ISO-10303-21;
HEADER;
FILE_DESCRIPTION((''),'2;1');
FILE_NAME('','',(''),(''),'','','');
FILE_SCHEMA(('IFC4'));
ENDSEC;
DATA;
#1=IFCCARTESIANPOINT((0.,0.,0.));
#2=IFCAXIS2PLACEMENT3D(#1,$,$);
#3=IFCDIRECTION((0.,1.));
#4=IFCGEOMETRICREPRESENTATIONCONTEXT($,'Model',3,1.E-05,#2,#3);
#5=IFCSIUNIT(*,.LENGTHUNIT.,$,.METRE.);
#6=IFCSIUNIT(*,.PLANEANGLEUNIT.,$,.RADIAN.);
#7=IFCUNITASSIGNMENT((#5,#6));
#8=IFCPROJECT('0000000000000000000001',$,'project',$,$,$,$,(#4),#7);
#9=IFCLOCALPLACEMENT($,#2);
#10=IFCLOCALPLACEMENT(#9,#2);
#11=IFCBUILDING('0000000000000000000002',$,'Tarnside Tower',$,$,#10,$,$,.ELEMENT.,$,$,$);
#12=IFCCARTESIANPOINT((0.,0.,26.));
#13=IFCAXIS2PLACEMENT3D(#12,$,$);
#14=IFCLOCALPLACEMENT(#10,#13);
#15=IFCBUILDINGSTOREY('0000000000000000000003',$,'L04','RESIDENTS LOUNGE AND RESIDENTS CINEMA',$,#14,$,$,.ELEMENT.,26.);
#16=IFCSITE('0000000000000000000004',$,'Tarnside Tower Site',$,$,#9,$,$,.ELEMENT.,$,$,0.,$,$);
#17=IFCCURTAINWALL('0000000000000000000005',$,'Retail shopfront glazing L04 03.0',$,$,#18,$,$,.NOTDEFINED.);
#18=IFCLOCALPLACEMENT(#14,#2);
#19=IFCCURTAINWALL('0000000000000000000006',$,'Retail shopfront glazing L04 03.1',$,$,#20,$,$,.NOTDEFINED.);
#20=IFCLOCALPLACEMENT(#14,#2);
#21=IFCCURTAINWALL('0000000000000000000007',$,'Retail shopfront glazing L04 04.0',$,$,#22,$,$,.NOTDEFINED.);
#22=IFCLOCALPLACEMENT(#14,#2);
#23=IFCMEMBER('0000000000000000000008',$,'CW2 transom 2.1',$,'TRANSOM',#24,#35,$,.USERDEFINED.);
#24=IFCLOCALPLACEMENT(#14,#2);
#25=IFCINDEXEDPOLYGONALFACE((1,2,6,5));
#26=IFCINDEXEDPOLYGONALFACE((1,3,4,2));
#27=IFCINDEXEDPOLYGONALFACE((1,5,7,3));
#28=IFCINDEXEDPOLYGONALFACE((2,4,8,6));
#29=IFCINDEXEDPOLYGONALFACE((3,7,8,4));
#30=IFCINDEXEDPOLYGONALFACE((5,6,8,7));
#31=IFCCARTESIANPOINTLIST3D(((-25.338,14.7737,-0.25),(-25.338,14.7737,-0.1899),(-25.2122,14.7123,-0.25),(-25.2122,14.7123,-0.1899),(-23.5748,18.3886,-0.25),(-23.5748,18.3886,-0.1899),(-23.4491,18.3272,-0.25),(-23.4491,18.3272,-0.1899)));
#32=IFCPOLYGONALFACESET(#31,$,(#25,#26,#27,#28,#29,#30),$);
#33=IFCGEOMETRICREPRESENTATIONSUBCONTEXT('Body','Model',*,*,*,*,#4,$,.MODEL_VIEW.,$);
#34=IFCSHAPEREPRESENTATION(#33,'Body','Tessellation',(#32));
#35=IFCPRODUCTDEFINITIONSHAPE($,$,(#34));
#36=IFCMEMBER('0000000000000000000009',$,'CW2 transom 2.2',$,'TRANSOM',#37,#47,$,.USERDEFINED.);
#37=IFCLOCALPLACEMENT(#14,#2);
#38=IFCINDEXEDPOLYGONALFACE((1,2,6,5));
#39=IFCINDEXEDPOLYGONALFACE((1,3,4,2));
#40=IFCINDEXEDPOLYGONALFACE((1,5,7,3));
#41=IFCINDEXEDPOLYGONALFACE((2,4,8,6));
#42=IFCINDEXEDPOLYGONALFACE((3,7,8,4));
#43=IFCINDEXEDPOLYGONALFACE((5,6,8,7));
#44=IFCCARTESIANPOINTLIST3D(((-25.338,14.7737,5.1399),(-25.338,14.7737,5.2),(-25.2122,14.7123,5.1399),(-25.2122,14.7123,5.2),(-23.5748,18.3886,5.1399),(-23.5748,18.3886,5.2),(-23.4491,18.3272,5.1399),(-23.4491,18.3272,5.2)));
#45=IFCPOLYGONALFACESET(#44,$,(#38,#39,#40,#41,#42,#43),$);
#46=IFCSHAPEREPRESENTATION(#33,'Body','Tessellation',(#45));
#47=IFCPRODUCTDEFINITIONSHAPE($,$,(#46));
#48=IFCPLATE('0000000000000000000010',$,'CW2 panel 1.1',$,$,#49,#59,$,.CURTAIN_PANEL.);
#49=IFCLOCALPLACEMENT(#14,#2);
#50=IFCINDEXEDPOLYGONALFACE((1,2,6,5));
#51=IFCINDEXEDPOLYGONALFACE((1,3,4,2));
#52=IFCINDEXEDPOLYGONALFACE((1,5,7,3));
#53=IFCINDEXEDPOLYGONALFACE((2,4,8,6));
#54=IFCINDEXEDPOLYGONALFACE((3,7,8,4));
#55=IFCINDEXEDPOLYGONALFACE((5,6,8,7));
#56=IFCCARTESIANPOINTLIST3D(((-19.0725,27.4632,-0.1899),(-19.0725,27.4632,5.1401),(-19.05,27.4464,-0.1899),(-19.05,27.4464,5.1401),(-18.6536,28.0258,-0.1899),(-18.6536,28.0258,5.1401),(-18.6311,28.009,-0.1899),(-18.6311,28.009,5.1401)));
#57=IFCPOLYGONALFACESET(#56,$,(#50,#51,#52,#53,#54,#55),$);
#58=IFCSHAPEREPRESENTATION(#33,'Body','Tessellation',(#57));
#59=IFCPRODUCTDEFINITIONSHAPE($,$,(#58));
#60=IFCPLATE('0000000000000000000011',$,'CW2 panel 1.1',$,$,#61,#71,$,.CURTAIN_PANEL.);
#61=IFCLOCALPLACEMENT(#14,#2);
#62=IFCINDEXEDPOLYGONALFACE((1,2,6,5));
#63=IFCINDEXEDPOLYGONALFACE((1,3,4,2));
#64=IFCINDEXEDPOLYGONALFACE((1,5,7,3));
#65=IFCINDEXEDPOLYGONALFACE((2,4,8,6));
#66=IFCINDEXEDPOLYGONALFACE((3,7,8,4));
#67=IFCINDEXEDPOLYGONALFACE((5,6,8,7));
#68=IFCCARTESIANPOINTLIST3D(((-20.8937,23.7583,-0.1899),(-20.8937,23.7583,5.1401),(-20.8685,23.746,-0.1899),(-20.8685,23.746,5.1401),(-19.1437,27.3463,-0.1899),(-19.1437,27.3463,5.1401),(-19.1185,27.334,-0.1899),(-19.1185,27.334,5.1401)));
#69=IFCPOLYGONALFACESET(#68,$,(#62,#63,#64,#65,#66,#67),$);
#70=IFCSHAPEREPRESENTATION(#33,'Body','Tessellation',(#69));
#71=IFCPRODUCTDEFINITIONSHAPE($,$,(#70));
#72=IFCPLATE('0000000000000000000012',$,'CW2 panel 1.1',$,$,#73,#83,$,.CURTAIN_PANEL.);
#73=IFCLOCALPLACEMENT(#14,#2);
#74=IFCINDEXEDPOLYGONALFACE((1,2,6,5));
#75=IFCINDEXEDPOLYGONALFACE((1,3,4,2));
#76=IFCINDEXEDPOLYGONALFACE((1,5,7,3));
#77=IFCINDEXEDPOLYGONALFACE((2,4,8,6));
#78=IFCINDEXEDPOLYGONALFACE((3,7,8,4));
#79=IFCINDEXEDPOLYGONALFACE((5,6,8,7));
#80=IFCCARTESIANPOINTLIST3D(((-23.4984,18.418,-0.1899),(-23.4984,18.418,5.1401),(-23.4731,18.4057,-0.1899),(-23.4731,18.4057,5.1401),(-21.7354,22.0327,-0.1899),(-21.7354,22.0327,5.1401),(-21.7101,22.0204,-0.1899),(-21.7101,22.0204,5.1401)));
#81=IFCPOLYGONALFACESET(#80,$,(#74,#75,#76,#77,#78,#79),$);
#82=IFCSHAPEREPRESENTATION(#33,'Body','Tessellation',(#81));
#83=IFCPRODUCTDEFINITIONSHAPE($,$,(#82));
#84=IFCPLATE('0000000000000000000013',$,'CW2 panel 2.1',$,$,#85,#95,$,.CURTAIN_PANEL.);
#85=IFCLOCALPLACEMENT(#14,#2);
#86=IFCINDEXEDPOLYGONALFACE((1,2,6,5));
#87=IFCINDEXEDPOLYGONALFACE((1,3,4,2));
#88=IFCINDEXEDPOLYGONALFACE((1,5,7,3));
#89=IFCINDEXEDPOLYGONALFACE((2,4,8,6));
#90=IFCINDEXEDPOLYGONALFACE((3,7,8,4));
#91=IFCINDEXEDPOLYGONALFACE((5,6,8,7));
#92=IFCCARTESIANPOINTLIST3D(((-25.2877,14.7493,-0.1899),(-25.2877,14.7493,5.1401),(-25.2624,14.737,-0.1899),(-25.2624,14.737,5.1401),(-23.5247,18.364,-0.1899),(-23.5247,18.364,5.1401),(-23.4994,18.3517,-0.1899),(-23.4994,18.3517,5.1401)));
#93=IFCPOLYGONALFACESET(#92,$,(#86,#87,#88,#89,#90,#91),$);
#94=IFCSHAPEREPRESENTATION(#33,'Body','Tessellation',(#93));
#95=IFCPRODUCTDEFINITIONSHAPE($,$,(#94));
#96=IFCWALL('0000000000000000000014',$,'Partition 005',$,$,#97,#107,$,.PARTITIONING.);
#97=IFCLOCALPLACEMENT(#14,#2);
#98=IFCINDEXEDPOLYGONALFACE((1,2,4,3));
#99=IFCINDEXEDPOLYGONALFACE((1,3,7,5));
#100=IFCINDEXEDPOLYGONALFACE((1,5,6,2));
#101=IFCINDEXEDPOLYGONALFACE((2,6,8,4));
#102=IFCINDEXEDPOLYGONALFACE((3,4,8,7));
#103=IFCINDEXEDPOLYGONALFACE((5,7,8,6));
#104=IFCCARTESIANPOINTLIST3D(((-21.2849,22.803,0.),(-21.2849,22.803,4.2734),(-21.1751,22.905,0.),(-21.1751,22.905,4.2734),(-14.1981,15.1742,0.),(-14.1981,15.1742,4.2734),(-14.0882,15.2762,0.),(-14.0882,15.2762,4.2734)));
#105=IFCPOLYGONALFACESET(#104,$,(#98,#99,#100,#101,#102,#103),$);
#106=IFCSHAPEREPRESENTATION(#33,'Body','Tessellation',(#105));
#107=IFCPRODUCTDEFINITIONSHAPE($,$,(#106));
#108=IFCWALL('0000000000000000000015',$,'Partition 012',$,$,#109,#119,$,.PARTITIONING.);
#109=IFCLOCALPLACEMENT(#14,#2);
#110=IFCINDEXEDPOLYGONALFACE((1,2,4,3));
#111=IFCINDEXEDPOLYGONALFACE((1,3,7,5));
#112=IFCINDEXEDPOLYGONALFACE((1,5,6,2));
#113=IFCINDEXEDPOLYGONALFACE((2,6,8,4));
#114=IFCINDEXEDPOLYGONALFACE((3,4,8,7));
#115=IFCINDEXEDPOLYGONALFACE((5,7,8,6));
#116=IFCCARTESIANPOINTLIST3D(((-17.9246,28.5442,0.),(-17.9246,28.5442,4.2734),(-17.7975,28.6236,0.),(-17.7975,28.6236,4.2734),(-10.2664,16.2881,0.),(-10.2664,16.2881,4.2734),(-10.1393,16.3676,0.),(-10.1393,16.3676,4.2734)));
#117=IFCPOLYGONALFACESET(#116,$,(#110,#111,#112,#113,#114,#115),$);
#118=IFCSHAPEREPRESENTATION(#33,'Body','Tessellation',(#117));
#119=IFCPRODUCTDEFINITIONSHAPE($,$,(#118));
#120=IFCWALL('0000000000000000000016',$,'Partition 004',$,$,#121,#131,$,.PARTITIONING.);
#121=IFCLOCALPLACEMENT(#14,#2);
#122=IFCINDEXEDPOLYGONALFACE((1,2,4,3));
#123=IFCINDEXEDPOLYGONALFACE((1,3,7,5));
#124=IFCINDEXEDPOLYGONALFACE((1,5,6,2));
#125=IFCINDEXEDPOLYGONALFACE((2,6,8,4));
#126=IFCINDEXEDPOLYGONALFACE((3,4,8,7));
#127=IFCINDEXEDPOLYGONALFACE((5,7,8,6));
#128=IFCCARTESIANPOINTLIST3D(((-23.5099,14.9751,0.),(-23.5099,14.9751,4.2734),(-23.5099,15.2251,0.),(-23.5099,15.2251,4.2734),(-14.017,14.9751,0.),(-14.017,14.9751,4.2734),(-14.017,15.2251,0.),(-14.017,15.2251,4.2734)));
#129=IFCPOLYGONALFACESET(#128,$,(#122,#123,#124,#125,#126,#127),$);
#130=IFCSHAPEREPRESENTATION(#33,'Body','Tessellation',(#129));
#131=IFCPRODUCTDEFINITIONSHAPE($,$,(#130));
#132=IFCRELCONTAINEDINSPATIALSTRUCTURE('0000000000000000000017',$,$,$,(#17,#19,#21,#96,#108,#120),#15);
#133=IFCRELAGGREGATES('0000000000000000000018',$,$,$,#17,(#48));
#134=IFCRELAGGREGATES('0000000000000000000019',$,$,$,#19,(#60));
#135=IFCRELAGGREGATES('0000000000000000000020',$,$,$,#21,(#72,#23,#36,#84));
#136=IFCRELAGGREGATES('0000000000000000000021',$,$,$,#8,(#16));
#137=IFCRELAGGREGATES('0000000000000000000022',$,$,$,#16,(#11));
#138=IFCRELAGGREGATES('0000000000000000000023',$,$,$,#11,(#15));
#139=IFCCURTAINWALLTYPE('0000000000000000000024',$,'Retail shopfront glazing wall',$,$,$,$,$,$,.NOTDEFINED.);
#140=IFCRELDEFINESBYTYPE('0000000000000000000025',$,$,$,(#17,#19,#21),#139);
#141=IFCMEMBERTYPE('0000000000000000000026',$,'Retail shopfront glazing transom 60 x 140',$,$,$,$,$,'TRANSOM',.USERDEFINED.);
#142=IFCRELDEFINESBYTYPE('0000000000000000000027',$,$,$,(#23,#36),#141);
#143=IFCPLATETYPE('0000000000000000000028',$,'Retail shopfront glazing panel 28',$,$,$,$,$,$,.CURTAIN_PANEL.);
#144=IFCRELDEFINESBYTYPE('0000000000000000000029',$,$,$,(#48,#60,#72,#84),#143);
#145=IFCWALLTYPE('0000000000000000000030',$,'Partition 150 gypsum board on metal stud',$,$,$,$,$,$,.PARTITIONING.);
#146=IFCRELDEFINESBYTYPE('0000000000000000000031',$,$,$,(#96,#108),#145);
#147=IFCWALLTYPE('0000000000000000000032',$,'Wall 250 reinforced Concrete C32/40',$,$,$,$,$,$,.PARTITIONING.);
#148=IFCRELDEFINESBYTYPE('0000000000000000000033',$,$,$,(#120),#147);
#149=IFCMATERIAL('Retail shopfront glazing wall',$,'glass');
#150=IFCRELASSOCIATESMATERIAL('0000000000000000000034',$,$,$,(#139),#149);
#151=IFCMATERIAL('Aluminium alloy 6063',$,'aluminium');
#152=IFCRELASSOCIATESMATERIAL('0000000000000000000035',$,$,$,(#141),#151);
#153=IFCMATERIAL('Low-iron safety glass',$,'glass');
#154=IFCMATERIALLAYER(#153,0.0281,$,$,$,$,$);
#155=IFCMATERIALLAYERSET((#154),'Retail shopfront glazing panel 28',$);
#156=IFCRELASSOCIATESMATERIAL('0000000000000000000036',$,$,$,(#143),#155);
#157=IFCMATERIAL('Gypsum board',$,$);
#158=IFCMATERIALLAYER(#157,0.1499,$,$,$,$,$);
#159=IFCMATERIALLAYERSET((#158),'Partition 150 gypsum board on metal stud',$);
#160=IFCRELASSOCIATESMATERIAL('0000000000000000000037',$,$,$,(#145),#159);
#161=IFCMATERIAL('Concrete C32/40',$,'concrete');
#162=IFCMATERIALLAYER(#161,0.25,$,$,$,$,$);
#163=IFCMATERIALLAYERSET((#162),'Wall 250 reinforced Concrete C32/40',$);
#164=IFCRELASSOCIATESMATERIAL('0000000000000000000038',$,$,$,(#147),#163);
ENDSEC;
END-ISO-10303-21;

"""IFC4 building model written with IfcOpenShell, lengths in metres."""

from ifc_helpers import new_model, si_unit, direction, frame, frame_2d, origin, origin_2d, place, context, subcontext, project, spatial, rectangle, extrude, material, layer, layer_set, material_profile, profile_set, type_object, element, aggregate, save


model = new_model("IFC4")

# Units and contexts
model_context = context("Model", 3, precision=1e-05, world=origin(), true_north=direction((0.0, 1.0)))
body_context = subcontext(model_context, "Body", "Model", "MODEL_VIEW")
ifc_project = project(units=[si_unit("LENGTHUNIT", "METRE"), si_unit("PLANEANGLEUNIT", "RADIAN")], contexts=[model_context])

# Site, building, storey
site_placement = place(None, origin())
site = spatial("IfcSite", under=ifc_project, at=site_placement, Name="Tarnside Tower Site", CompositionType="ELEMENT", RefElevation=0.0)
building_placement = place(site_placement, origin())
building = spatial("IfcBuilding", under=site, at=building_placement, Name="Tarnside Tower", CompositionType="ELEMENT")
storey_placement = place(building_placement, frame((0.0, 0.0, 26.0)))
storey = spatial("IfcBuildingStorey", under=building, at=storey_placement, Name="L04", Description="RESIDENTS LOUNGE AND RESIDENTS CINEMA", CompositionType="ELEMENT", Elevation=26.0)

# Shared definitions
ifc_material_1 = material(Name="Retail shopfront glazing wall", Category="glass")
curtain_wall_type = type_object("IfcCurtainWallType", Name="Retail shopfront glazing wall", PredefinedType="NOTDEFINED", material=ifc_material_1)
ifc_material_2 = material(Name="Aluminium alloy 6063", Category="aluminium")

# Curtain walls
curtain_wall_1_placement = place(storey_placement, origin())
curtain_wall_1 = element("IfcCurtainWall", 1, at=curtain_wall_1_placement, inside=storey, type_object=curtain_wall_type, Name="Retail shopfront glazing L04 03.0", PredefinedType="NOTDEFINED")
curtain_wall_2_placement = place(storey_placement, origin())
curtain_wall_2 = element("IfcCurtainWall", 2, at=curtain_wall_2_placement, inside=storey, type_object=curtain_wall_type, Name="Retail shopfront glazing L04 03.1", PredefinedType="NOTDEFINED")
curtain_wall_3_placement = place(storey_placement, origin())
curtain_wall_3 = element("IfcCurtainWall", 3, at=curtain_wall_3_placement, inside=storey, type_object=curtain_wall_type, Name="Retail shopfront glazing L04 04.0", PredefinedType="NOTDEFINED")

# Members
ifc_material_profile_1 = material_profile(ifc_material_2, rectangle(XDim=0.1399, YDim=0.0601, at=origin_2d()), Name="Retail shopfront glazing transom 60 x 140")
ifc_profile_set_1 = profile_set([ifc_material_profile_1], Name="Aluminium alloy 6063")
member_type_1 = type_object("IfcMemberType", Name="Retail shopfront glazing transom 60 x 140", ElementType="TRANSOM", PredefinedType="USERDEFINED", material=ifc_profile_set_1)
member_1_placement = place(storey_placement, frame((-23.512, 18.3579, -0.22), z_axis=(-0.438378, -0.898791, 0.0), x_axis=(0.898791, -0.438378, 0.0)))
member_1 = element("IfcMember", 4, at=member_1_placement, type_object=member_type_1, Name="CW2 transom 2.1", ObjectType="TRANSOM", PredefinedType="USERDEFINED", context=body_context, shape_type="SweptSolid", body=[
    extrude(rectangle(XDim=0.1399, YDim=0.0601, at=origin_2d()), origin(), (0.0, 0.0, 1.0), 4.022),
])
member_2_placement = place(storey_placement, frame((-23.512, 18.3579, 5.1699), z_axis=(-0.438378, -0.898791, 0.0), x_axis=(0.898791, -0.438378, 0.0)))
member_2 = element("IfcMember", 5, at=member_2_placement, type_object=member_type_1, Name="CW2 transom 2.2", ObjectType="TRANSOM", PredefinedType="USERDEFINED", context=body_context, shape_type="SweptSolid", body=[
    extrude(rectangle(XDim=0.1399, YDim=0.0601, at=origin_2d()), origin(), (0.0, 0.0, 1.0), 4.022),
])

# Plates
ifc_material_3 = material(Name="Low-iron safety glass", Category="glass")
ifc_layer_1 = layer(ifc_material_3, 0.0281)
ifc_layer_set_1 = layer_set([ifc_layer_1], Name="Retail shopfront glazing panel 28")
plate_type = type_object("IfcPlateType", Name="Retail shopfront glazing panel 28", PredefinedType="CURTAIN_PANEL", material=ifc_layer_set_1)
plate_1_placement = place(storey_placement, frame((-18.8518, 27.7361, -0.1899), z_axis=(0.0, 0.0, 1.0), x_axis=(-0.597159, -0.802123, 0.0)))
plate_1 = element("IfcPlate", 6, at=plate_1_placement, type_object=plate_type, Name="CW2 panel 1.1", PredefinedType="CURTAIN_PANEL", context=body_context, shape_type="SweptSolid", body=[
    extrude(rectangle(XDim=0.7014, YDim=0.0281, at=origin_2d()), origin(), (0.0, 0.0, 1.0), 5.3301),
])
aggregate(curtain_wall_1, [plate_1])
plate_2_placement = place(storey_placement, frame((-20.0061, 25.5461, -0.1899), z_axis=(0.0, 0.0, 1.0), x_axis=(-0.438371, -0.898794, 0.0)))
plate_2 = element("IfcPlate", 7, at=plate_2_placement, type_object=plate_type, Name="CW2 panel 1.1", PredefinedType="CURTAIN_PANEL", context=body_context, shape_type="SweptSolid", body=[
    extrude(rectangle(XDim=3.9919, YDim=0.0281, at=origin_2d()), origin(), (0.0, 0.0, 1.0), 5.3301),
])
aggregate(curtain_wall_2, [plate_2])
plate_3_placement = place(storey_placement, frame((-22.6042, 20.2192, -0.1899), z_axis=(0.0, 0.0, 1.0), x_axis=(-0.438371, -0.898794, 0.0)))
plate_3 = element("IfcPlate", 8, at=plate_3_placement, type_object=plate_type, Name="CW2 panel 1.1", PredefinedType="CURTAIN_PANEL", context=body_context, shape_type="SweptSolid", body=[
    extrude(rectangle(XDim=4.0217, YDim=0.0281, at=origin_2d()), origin(), (0.0, 0.0, 1.0), 5.3301),
])
plate_4_placement = place(storey_placement, frame((-24.3936, 16.5505, -0.1899), z_axis=(0.0, 0.0, 1.0), x_axis=(-0.438371, -0.898794, 0.0)))
plate_4 = element("IfcPlate", 9, at=plate_4_placement, type_object=plate_type, Name="CW2 panel 2.1", PredefinedType="CURTAIN_PANEL", context=body_context, shape_type="SweptSolid", body=[
    extrude(rectangle(XDim=4.0217, YDim=0.0281, at=origin_2d()), origin(), (0.0, 0.0, 1.0), 5.3301),
])
aggregate(curtain_wall_3, [plate_3, member_1, member_2, plate_4])

# Walls
ifc_material_4 = material(Name="Gypsum board")
ifc_layer_2 = layer(ifc_material_4, 0.1499)
ifc_layer_set_2 = layer_set([ifc_layer_2], Name="Partition 150 gypsum board on metal stud")
wall_type_1 = type_object("IfcWallType", Name="Partition 150 gypsum board on metal stud", PredefinedType="PARTITIONING", material=ifc_layer_set_2)
wall_1_placement = place(storey_placement, frame((-21.23, 22.854, 0.0), z_axis=(0.0, 0.0, 1.0), x_axis=(0.680602, -0.732653, 0.0)))
element("IfcWall", 10, at=wall_1_placement, inside=storey, type_object=wall_type_1, Name="Partition 005", PredefinedType="PARTITIONING", context=body_context, shape_type="SweptSolid", body=[
    extrude(rectangle(XDim=10.4126, YDim=0.1499, at=frame_2d((5.2063, 0.0))), origin(), (0.0, 0.0, 1.0), 4.2734),
])
wall_2_placement = place(storey_placement, frame((-17.8611, 28.584, 0.0), z_axis=(0.0, 0.0, 1.0), x_axis=(0.529906, -0.848056, 0.0)))
element("IfcWall", 11, at=wall_2_placement, inside=storey, type_object=wall_type_1, Name="Partition 012", PredefinedType="PARTITIONING", context=body_context, shape_type="SweptSolid", body=[
    extrude(rectangle(XDim=14.4519, YDim=0.1499, at=frame_2d((7.2261, 0.0))), origin(), (0.0, 0.0, 1.0), 4.2734),
])
ifc_material_5 = material(Name="Concrete C32/40", Category="concrete")
ifc_layer_3 = layer(ifc_material_5, 0.25)
ifc_layer_set_3 = layer_set([ifc_layer_3], Name="Wall 250 reinforced Concrete C32/40")
wall_type_2 = type_object("IfcWallType", Name="Wall 250 reinforced Concrete C32/40", PredefinedType="PARTITIONING", material=ifc_layer_set_3)
wall_3_placement = place(storey_placement, frame((-23.51, 15.1001, 0.0), z_axis=(0.0, 0.0, 1.0), x_axis=(1.0, 0.0, 0.0)))
element("IfcWall", 12, at=wall_3_placement, inside=storey, type_object=wall_type_2, Name="Partition 004", PredefinedType="PARTITIONING", context=body_context, shape_type="SweptSolid", body=[
    extrude(rectangle(XDim=9.4929, YDim=0.25, at=frame_2d((4.7466, 0.0))), origin(), (0.0, 0.0, 1.0), 4.2734),
])

save(model, "model.ifc")
